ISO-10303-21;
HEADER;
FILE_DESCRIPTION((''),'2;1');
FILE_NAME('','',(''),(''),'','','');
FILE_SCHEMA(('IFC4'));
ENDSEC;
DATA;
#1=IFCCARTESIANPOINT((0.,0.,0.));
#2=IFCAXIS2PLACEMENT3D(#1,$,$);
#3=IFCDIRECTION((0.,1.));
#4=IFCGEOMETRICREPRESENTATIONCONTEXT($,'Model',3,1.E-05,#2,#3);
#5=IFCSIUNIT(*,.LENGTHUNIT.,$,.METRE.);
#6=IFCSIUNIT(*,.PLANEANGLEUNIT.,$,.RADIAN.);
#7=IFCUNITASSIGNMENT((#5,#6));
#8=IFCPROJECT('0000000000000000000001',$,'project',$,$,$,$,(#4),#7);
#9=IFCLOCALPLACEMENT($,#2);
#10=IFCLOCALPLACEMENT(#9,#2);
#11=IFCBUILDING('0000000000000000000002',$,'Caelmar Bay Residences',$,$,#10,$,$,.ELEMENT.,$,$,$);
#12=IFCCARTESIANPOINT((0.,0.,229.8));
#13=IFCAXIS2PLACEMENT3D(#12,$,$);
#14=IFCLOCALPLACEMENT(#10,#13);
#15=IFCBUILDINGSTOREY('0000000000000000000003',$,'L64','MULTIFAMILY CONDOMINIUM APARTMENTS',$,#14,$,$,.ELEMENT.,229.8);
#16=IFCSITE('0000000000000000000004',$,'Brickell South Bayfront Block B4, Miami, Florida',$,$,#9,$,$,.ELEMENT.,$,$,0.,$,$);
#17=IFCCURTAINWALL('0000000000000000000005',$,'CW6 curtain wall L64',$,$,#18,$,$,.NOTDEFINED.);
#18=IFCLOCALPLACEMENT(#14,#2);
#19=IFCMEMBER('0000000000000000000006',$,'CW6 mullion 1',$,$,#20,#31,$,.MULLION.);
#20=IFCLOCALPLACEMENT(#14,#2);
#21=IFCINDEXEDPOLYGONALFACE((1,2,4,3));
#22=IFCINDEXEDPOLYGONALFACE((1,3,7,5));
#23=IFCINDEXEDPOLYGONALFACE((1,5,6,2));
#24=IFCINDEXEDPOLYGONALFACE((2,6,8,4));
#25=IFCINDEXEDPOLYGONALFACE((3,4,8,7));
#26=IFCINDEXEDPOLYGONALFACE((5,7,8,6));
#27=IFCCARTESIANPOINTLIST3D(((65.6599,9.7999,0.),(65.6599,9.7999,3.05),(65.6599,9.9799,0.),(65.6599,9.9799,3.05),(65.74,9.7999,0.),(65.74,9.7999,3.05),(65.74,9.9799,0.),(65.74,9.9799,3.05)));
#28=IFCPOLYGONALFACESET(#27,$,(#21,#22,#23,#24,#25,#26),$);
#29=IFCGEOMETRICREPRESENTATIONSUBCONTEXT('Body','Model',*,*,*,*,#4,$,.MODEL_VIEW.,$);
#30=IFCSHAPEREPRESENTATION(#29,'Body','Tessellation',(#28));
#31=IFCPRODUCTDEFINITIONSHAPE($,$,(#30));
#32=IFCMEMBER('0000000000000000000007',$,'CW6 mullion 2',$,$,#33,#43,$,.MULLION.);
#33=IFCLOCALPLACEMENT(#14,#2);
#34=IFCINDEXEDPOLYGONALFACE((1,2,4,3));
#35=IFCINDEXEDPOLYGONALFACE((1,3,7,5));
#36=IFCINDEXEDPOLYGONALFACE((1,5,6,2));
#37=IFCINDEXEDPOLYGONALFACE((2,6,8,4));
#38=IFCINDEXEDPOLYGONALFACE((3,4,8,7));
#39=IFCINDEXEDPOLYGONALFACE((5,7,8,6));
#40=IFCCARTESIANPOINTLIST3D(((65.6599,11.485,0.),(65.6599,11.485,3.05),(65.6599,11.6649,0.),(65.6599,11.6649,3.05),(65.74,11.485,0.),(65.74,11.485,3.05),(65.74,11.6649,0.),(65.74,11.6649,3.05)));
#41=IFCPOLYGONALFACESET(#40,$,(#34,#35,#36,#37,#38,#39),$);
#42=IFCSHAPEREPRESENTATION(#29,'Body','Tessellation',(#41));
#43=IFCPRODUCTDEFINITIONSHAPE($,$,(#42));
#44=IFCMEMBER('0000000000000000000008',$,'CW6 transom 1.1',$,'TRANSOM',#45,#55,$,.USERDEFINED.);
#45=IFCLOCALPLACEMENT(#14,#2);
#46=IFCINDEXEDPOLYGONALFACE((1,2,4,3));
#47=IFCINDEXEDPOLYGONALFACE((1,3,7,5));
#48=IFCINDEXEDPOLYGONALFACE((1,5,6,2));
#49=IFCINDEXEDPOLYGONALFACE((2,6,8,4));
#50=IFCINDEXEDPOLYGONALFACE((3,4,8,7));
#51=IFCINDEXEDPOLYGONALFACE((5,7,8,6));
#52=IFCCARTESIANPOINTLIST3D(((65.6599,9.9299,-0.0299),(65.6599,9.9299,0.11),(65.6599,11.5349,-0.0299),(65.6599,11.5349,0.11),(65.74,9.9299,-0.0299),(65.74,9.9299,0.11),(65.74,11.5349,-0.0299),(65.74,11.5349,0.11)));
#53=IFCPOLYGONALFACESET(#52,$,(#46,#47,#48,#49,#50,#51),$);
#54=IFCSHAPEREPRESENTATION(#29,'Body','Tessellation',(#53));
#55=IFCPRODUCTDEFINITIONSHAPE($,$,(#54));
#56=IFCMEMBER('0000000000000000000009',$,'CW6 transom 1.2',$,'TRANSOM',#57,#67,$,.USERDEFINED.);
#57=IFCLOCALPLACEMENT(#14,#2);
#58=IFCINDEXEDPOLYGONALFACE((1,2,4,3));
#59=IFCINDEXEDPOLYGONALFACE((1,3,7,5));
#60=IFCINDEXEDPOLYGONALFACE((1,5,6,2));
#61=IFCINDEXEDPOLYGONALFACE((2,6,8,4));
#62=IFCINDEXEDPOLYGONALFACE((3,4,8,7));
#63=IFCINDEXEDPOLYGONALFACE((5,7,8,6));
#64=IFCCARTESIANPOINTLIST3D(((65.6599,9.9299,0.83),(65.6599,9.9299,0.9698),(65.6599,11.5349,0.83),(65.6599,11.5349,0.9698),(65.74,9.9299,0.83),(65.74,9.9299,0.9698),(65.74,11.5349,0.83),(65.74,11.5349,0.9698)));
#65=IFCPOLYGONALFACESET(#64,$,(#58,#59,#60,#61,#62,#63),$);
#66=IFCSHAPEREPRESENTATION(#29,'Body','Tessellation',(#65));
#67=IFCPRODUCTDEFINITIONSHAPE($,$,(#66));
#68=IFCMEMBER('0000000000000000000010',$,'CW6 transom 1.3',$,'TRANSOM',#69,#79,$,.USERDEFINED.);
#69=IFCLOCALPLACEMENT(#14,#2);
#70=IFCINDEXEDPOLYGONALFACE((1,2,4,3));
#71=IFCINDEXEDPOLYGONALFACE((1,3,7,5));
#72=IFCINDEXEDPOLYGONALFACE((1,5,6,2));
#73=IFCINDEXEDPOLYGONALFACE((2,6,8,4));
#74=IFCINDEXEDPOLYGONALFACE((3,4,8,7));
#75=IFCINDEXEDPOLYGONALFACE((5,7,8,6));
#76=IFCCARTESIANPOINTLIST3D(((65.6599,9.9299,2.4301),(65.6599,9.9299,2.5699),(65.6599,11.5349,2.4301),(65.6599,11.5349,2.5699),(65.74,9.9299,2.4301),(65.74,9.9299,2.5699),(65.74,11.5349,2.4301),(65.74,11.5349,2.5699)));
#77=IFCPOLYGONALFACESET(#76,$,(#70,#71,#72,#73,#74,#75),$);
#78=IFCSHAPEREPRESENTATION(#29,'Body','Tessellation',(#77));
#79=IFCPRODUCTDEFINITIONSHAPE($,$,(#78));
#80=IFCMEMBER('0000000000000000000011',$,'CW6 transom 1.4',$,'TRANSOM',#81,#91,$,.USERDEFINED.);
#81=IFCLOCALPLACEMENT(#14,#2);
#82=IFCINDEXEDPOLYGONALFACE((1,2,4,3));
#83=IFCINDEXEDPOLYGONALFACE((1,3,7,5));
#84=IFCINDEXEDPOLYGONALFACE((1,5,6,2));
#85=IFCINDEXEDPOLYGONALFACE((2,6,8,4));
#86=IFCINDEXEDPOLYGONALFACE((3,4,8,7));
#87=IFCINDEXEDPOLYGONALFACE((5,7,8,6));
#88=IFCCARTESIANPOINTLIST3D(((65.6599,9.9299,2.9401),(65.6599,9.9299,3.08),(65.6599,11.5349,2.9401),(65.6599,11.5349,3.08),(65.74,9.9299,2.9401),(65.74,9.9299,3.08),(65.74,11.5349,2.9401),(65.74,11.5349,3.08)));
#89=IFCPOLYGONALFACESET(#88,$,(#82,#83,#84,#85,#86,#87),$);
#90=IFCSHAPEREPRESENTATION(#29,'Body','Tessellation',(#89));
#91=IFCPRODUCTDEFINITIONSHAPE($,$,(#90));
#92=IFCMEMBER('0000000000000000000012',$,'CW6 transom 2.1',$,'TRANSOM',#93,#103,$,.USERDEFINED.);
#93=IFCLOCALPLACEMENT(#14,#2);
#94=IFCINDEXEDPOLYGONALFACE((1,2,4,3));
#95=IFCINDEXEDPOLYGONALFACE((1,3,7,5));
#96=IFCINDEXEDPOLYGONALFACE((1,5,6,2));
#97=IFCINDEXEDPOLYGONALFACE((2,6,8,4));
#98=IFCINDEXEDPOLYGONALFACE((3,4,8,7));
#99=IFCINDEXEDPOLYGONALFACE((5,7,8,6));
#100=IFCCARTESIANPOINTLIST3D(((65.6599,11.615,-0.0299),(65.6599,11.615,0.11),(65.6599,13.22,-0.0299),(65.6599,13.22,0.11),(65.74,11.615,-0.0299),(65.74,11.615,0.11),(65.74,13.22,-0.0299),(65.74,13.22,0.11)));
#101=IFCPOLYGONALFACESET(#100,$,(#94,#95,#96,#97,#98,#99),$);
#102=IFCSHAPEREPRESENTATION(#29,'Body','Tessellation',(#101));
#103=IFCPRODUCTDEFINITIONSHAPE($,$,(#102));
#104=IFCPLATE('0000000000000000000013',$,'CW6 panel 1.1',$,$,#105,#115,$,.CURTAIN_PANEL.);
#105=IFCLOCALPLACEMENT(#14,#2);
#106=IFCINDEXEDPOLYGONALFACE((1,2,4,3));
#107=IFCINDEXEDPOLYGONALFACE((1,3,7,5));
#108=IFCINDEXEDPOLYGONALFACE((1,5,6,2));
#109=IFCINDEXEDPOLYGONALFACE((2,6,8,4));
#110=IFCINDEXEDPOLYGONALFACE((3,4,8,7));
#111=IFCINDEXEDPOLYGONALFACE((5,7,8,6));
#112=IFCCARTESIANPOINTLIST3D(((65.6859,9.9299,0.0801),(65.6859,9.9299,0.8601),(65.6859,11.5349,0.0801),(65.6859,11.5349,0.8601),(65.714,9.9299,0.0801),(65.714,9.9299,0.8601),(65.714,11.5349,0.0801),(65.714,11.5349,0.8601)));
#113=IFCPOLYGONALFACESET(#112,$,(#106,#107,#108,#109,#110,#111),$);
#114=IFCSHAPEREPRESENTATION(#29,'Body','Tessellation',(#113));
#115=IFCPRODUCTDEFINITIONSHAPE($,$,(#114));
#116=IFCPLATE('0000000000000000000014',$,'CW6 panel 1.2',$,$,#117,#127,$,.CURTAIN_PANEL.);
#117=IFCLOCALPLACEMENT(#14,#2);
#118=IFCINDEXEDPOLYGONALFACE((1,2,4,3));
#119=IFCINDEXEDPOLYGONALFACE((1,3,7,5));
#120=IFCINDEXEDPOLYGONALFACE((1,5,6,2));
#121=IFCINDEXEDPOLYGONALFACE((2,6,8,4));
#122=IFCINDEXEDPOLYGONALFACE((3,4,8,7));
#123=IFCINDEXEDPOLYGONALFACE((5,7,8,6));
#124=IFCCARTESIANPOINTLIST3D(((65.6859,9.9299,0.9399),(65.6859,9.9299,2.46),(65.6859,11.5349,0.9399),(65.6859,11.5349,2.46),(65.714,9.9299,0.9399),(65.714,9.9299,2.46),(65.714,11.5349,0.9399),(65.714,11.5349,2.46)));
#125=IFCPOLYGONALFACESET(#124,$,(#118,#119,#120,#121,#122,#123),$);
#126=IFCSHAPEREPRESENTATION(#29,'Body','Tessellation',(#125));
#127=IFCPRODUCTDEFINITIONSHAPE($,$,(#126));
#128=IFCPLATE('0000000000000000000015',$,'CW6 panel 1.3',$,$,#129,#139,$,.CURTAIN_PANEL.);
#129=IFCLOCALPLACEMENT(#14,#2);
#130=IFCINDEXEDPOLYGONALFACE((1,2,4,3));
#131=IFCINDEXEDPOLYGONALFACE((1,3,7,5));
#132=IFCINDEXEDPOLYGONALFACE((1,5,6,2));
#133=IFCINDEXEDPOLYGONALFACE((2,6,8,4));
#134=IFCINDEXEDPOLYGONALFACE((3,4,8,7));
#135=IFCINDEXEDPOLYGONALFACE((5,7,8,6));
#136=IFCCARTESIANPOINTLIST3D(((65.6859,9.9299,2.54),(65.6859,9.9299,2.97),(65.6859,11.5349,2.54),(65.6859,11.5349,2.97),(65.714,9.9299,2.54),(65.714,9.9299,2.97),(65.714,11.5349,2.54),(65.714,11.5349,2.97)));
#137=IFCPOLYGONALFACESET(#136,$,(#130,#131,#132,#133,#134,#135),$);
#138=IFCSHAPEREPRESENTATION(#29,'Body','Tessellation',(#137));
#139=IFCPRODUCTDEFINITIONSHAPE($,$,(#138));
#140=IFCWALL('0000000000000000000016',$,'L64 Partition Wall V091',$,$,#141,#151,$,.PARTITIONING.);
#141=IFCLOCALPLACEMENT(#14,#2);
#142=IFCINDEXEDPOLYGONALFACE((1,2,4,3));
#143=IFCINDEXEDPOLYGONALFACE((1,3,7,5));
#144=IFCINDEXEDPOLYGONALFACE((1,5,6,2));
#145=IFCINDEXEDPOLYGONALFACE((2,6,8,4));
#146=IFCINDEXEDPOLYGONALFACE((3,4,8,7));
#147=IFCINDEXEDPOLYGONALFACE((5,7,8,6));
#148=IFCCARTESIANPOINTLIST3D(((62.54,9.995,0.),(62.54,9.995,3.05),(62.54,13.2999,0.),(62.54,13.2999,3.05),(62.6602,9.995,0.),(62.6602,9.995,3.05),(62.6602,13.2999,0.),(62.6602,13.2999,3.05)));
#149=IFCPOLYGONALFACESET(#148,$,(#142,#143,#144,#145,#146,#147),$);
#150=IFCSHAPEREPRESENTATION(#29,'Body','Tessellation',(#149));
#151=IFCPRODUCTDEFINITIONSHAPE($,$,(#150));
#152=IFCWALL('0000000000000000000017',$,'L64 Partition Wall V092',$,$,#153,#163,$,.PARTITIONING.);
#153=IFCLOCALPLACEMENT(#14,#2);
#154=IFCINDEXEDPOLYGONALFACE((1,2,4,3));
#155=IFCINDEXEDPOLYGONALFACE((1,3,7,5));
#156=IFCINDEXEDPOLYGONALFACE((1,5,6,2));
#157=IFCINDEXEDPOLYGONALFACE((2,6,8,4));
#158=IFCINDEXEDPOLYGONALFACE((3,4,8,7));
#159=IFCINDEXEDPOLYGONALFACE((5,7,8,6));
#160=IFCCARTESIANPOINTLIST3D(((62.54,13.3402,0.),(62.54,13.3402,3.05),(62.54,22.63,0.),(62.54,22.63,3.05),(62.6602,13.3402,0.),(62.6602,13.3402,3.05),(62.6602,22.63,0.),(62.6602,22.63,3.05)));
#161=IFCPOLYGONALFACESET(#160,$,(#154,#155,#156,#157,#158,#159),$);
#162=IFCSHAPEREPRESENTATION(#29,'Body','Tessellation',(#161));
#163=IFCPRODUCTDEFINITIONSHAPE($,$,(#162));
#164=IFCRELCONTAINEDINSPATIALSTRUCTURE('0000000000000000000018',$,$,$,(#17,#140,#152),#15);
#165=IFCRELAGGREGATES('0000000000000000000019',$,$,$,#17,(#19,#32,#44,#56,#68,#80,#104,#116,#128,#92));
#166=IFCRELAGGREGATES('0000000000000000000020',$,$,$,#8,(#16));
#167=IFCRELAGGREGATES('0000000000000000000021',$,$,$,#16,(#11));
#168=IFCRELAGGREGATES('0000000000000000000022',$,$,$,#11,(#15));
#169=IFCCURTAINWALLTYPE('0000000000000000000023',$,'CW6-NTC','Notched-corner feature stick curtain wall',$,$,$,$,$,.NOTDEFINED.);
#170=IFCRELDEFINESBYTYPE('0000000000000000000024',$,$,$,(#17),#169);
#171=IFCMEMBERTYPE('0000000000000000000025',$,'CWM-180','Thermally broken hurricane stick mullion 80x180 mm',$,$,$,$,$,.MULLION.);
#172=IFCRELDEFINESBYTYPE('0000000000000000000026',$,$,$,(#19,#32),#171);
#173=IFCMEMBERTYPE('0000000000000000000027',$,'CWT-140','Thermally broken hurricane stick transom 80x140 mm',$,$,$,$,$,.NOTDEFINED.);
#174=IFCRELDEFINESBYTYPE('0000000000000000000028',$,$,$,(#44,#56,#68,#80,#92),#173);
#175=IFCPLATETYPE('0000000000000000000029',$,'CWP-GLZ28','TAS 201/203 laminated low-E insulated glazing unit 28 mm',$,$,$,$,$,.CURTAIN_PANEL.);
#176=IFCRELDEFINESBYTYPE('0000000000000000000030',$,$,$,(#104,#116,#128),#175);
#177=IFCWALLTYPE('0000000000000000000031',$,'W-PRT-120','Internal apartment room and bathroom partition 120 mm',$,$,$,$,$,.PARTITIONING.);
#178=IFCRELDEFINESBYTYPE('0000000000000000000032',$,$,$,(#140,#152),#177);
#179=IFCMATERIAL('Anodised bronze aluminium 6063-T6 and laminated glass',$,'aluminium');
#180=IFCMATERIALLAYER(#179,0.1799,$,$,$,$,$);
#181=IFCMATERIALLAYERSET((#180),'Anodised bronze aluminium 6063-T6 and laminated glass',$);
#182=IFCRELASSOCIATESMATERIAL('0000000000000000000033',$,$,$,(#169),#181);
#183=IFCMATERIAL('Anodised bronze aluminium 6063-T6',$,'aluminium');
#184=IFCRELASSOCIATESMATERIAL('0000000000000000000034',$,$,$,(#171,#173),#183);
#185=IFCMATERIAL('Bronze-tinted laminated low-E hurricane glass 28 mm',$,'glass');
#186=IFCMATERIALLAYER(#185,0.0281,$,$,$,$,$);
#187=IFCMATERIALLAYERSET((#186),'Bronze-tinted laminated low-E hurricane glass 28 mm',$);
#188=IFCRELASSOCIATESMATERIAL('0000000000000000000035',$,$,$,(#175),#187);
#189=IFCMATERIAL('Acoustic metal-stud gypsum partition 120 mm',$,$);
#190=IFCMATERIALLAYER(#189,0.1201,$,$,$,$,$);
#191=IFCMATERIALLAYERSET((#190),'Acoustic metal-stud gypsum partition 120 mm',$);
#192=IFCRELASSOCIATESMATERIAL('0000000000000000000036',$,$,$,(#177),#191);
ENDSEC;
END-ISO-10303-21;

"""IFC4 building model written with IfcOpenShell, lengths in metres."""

from ifc_helpers import new_model, si_unit, direction, frame, frame_2d, origin, origin_2d, place, context, subcontext, project, spatial, rectangle, extrude, material, layer, layer_set, material_profile, profile_set, type_object, element, aggregate, save


model = new_model("IFC4")

# Units and contexts
model_context = context("Model", 3, precision=1e-05, world=origin(), true_north=direction((0.0, 1.0)))
body_context = subcontext(model_context, "Body", "Model", "MODEL_VIEW")
ifc_project = project(units=[si_unit("LENGTHUNIT", "METRE"), si_unit("PLANEANGLEUNIT", "RADIAN")], contexts=[model_context])

# Site, building, storey
site_placement = place(None, origin())
site = spatial("IfcSite", under=ifc_project, at=site_placement, Name="Brickell South Bayfront Block B4, Miami, Florida", CompositionType="ELEMENT", RefElevation=0.0)
building_placement = place(site_placement, origin())
building = spatial("IfcBuilding", under=site, at=building_placement, Name="Caelmar Bay Residences", CompositionType="ELEMENT")
storey_placement = place(building_placement, frame((0.0, 0.0, 229.8)))
storey = spatial("IfcBuildingStorey", under=building, at=storey_placement, Name="L64", Description="MULTIFAMILY CONDOMINIUM APARTMENTS", CompositionType="ELEMENT", Elevation=229.8)

# Curtain wall, members, plates
ifc_material_1 = material(Name="Anodised bronze aluminium 6063-T6 and laminated glass", Category="aluminium")
ifc_layer_1 = layer(ifc_material_1, 0.1799)
ifc_layer_set_1 = layer_set([ifc_layer_1], Name="Anodised bronze aluminium 6063-T6 and laminated glass")
curtain_wall_type = type_object("IfcCurtainWallType", Name="CW6-NTC", Description="Notched-corner feature stick curtain wall", PredefinedType="NOTDEFINED", material=ifc_layer_set_1)
curtain_wall_placement = place(storey_placement, origin())
curtain_wall = element("IfcCurtainWall", 1, at=curtain_wall_placement, inside=storey, type_object=curtain_wall_type, Name="CW6 curtain wall L64", PredefinedType="NOTDEFINED")
ifc_material_2 = material(Name="Anodised bronze aluminium 6063-T6", Category="aluminium")
ifc_material_profile_1 = material_profile(ifc_material_2, rectangle(XDim=0.0801, YDim=0.1799, at=origin_2d()), Name="CWM-80X180")
ifc_profile_set_1 = profile_set([ifc_material_profile_1], Name="Anodised bronze aluminium 6063-T6")
member_type_1 = type_object("IfcMemberType", Name="CWM-180", Description="Thermally broken hurricane stick mullion 80x180 mm", PredefinedType="MULLION", material=ifc_profile_set_1)
member_1_placement = place(storey_placement, frame((65.7, 9.8899, 0.0), z_axis=(0.0, 0.0, 1.0), x_axis=(-1.0, 0.0, 0.0)))
member_1 = element("IfcMember", 2, at=member_1_placement, type_object=member_type_1, Name="CW6 mullion 1", PredefinedType="MULLION", context=body_context, shape_type="SweptSolid", body=[
    extrude(rectangle(XDim=0.0801, YDim=0.1799, at=origin_2d()), origin(), (0.0, 0.0, 1.0), 3.05),
])
member_2_placement = place(storey_placement, frame((65.7, 11.575, 0.0), z_axis=(0.0, 0.0, 1.0), x_axis=(-1.0, 0.0, 0.0)))
member_2 = element("IfcMember", 3, at=member_2_placement, type_object=member_type_1, Name="CW6 mullion 2", PredefinedType="MULLION", context=body_context, shape_type="SweptSolid", body=[
    extrude(rectangle(XDim=0.0801, YDim=0.1799, at=origin_2d()), origin(), (0.0, 0.0, 1.0), 3.05),
])
ifc_material_profile_2 = material_profile(ifc_material_2, rectangle(XDim=0.0801, YDim=0.1399, at=origin_2d()), Name="CWT-80X140")
ifc_profile_set_2 = profile_set([ifc_material_profile_2], Name="Anodised bronze aluminium 6063-T6")
member_type_2 = type_object("IfcMemberType", Name="CWT-140", Description="Thermally broken hurricane stick transom 80x140 mm", PredefinedType="NOTDEFINED", material=ifc_profile_set_2)
member_3_placement = place(storey_placement, frame((65.7, 9.9299, 0.04), z_axis=(0.0, 1.0, 0.0), x_axis=(-1.0, 0.0, 0.0)))
member_3 = element("IfcMember", 4, at=member_3_placement, type_object=member_type_2, Name="CW6 transom 1.1", ObjectType="TRANSOM", PredefinedType="USERDEFINED", context=body_context, shape_type="SweptSolid", body=[
    extrude(rectangle(XDim=0.0801, YDim=0.1399, at=origin_2d()), origin(), (0.0, 0.0, 1.0), 1.605),
])
member_4_placement = place(storey_placement, frame((65.7, 9.9299, 0.8999), z_axis=(0.0, 1.0, 0.0), x_axis=(-1.0, 0.0, 0.0)))
member_4 = element("IfcMember", 5, at=member_4_placement, type_object=member_type_2, Name="CW6 transom 1.2", ObjectType="TRANSOM", PredefinedType="USERDEFINED", context=body_context, shape_type="SweptSolid", body=[
    extrude(rectangle(XDim=0.0801, YDim=0.1399, at=origin_2d()), origin(), (0.0, 0.0, 1.0), 1.605),
])
member_5_placement = place(storey_placement, frame((65.7, 9.9299, 2.5), z_axis=(0.0, 1.0, 0.0), x_axis=(-1.0, 0.0, 0.0)))
member_5 = element("IfcMember", 6, at=member_5_placement, type_object=member_type_2, Name="CW6 transom 1.3", ObjectType="TRANSOM", PredefinedType="USERDEFINED", context=body_context, shape_type="SweptSolid", body=[
    extrude(rectangle(XDim=0.0801, YDim=0.1399, at=origin_2d()), origin(), (0.0, 0.0, 1.0), 1.605),
])
member_6_placement = place(storey_placement, frame((65.7, 9.9299, 3.01), z_axis=(0.0, 1.0, 0.0), x_axis=(-1.0, 0.0, 0.0)))
member_6 = element("IfcMember", 7, at=member_6_placement, type_object=member_type_2, Name="CW6 transom 1.4", ObjectType="TRANSOM", PredefinedType="USERDEFINED", context=body_context, shape_type="SweptSolid", body=[
    extrude(rectangle(XDim=0.0801, YDim=0.1399, at=origin_2d()), origin(), (0.0, 0.0, 1.0), 1.605),
])
member_7_placement = place(storey_placement, frame((65.7, 11.615, 0.04), z_axis=(0.0, 1.0, 0.0), x_axis=(-1.0, 0.0, 0.0)))
member_7 = element("IfcMember", 8, at=member_7_placement, type_object=member_type_2, Name="CW6 transom 2.1", ObjectType="TRANSOM", PredefinedType="USERDEFINED", context=body_context, shape_type="SweptSolid", body=[
    extrude(rectangle(XDim=0.0801, YDim=0.1399, at=origin_2d()), origin(), (0.0, 0.0, 1.0), 1.605),
])
ifc_material_3 = material(Name="Bronze-tinted laminated low-E hurricane glass 28 mm", Category="glass")
ifc_layer_2 = layer(ifc_material_3, 0.0281)
ifc_layer_set_2 = layer_set([ifc_layer_2], Name="Bronze-tinted laminated low-E hurricane glass 28 mm")
plate_type = type_object("IfcPlateType", Name="CWP-GLZ28", Description="TAS 201/203 laminated low-E insulated glazing unit 28 mm", PredefinedType="CURTAIN_PANEL", material=ifc_layer_set_2)
plate_1_placement = place(storey_placement, frame((65.7, 10.7324, 0.0801), z_axis=(0.0, 0.0, 1.0), x_axis=(0.0, 1.0, 0.0)))
plate_1 = element("IfcPlate", 9, at=plate_1_placement, type_object=plate_type, Name="CW6 panel 1.1", PredefinedType="CURTAIN_PANEL", context=body_context, shape_type="SweptSolid", body=[
    extrude(rectangle(XDim=1.605, YDim=0.0281, at=origin_2d()), origin(), (0.0, 0.0, 1.0), 0.78),
])
plate_2_placement = place(storey_placement, frame((65.7, 10.7324, 0.9399), z_axis=(0.0, 0.0, 1.0), x_axis=(0.0, 1.0, 0.0)))
plate_2 = element("IfcPlate", 10, at=plate_2_placement, type_object=plate_type, Name="CW6 panel 1.2", PredefinedType="CURTAIN_PANEL", context=body_context, shape_type="SweptSolid", body=[
    extrude(rectangle(XDim=1.605, YDim=0.0281, at=origin_2d()), origin(), (0.0, 0.0, 1.0), 1.52),
])
plate_3_placement = place(storey_placement, frame((65.7, 10.7324, 2.54), z_axis=(0.0, 0.0, 1.0), x_axis=(0.0, 1.0, 0.0)))
plate_3 = element("IfcPlate", 11, at=plate_3_placement, type_object=plate_type, Name="CW6 panel 1.3", PredefinedType="CURTAIN_PANEL", context=body_context, shape_type="SweptSolid", body=[
    extrude(rectangle(XDim=1.605, YDim=0.0281, at=origin_2d()), origin(), (0.0, 0.0, 1.0), 0.4299),
])
aggregate(curtain_wall, [member_1, member_2, member_3, member_4, member_5, member_6, plate_1, plate_2, plate_3, member_7])

# Walls
ifc_material_4 = material(Name="Acoustic metal-stud gypsum partition 120 mm")
ifc_layer_3 = layer(ifc_material_4, 0.1201)
ifc_layer_set_3 = layer_set([ifc_layer_3], Name="Acoustic metal-stud gypsum partition 120 mm")
wall_type_1 = type_object("IfcWallType", Name="W-PRT-120", Description="Internal apartment room and bathroom partition 120 mm", PredefinedType="PARTITIONING", material=ifc_layer_set_3)
wall_1_placement = place(storey_placement, frame((62.6001, 9.9951, 0.0), z_axis=(0.0, 0.0, 1.0), x_axis=(0.0, 1.0, 0.0)))
element("IfcWall", 12, at=wall_1_placement, inside=storey, type_object=wall_type_1, Name="L64 Partition Wall V091", PredefinedType="PARTITIONING", context=body_context, shape_type="SweptSolid", body=[
    extrude(rectangle(XDim=3.3049, YDim=0.1201, at=frame_2d((1.6523, 0.0))), origin(), (0.0, 0.0, 1.0), 3.05),
])
wall_2_placement = place(storey_placement, frame((62.6001, 13.3401, 0.0), z_axis=(0.0, 0.0, 1.0), x_axis=(0.0, 1.0, 0.0)))
element("IfcWall", 13, at=wall_2_placement, inside=storey, type_object=wall_type_1, Name="L64 Partition Wall V092", PredefinedType="PARTITIONING", context=body_context, shape_type="SweptSolid", body=[
    extrude(rectangle(XDim=9.2898, YDim=0.1201, at=frame_2d((4.645, 0.0))), origin(), (0.0, 0.0, 1.0), 3.05),
])

save(model, "model.ifc")
